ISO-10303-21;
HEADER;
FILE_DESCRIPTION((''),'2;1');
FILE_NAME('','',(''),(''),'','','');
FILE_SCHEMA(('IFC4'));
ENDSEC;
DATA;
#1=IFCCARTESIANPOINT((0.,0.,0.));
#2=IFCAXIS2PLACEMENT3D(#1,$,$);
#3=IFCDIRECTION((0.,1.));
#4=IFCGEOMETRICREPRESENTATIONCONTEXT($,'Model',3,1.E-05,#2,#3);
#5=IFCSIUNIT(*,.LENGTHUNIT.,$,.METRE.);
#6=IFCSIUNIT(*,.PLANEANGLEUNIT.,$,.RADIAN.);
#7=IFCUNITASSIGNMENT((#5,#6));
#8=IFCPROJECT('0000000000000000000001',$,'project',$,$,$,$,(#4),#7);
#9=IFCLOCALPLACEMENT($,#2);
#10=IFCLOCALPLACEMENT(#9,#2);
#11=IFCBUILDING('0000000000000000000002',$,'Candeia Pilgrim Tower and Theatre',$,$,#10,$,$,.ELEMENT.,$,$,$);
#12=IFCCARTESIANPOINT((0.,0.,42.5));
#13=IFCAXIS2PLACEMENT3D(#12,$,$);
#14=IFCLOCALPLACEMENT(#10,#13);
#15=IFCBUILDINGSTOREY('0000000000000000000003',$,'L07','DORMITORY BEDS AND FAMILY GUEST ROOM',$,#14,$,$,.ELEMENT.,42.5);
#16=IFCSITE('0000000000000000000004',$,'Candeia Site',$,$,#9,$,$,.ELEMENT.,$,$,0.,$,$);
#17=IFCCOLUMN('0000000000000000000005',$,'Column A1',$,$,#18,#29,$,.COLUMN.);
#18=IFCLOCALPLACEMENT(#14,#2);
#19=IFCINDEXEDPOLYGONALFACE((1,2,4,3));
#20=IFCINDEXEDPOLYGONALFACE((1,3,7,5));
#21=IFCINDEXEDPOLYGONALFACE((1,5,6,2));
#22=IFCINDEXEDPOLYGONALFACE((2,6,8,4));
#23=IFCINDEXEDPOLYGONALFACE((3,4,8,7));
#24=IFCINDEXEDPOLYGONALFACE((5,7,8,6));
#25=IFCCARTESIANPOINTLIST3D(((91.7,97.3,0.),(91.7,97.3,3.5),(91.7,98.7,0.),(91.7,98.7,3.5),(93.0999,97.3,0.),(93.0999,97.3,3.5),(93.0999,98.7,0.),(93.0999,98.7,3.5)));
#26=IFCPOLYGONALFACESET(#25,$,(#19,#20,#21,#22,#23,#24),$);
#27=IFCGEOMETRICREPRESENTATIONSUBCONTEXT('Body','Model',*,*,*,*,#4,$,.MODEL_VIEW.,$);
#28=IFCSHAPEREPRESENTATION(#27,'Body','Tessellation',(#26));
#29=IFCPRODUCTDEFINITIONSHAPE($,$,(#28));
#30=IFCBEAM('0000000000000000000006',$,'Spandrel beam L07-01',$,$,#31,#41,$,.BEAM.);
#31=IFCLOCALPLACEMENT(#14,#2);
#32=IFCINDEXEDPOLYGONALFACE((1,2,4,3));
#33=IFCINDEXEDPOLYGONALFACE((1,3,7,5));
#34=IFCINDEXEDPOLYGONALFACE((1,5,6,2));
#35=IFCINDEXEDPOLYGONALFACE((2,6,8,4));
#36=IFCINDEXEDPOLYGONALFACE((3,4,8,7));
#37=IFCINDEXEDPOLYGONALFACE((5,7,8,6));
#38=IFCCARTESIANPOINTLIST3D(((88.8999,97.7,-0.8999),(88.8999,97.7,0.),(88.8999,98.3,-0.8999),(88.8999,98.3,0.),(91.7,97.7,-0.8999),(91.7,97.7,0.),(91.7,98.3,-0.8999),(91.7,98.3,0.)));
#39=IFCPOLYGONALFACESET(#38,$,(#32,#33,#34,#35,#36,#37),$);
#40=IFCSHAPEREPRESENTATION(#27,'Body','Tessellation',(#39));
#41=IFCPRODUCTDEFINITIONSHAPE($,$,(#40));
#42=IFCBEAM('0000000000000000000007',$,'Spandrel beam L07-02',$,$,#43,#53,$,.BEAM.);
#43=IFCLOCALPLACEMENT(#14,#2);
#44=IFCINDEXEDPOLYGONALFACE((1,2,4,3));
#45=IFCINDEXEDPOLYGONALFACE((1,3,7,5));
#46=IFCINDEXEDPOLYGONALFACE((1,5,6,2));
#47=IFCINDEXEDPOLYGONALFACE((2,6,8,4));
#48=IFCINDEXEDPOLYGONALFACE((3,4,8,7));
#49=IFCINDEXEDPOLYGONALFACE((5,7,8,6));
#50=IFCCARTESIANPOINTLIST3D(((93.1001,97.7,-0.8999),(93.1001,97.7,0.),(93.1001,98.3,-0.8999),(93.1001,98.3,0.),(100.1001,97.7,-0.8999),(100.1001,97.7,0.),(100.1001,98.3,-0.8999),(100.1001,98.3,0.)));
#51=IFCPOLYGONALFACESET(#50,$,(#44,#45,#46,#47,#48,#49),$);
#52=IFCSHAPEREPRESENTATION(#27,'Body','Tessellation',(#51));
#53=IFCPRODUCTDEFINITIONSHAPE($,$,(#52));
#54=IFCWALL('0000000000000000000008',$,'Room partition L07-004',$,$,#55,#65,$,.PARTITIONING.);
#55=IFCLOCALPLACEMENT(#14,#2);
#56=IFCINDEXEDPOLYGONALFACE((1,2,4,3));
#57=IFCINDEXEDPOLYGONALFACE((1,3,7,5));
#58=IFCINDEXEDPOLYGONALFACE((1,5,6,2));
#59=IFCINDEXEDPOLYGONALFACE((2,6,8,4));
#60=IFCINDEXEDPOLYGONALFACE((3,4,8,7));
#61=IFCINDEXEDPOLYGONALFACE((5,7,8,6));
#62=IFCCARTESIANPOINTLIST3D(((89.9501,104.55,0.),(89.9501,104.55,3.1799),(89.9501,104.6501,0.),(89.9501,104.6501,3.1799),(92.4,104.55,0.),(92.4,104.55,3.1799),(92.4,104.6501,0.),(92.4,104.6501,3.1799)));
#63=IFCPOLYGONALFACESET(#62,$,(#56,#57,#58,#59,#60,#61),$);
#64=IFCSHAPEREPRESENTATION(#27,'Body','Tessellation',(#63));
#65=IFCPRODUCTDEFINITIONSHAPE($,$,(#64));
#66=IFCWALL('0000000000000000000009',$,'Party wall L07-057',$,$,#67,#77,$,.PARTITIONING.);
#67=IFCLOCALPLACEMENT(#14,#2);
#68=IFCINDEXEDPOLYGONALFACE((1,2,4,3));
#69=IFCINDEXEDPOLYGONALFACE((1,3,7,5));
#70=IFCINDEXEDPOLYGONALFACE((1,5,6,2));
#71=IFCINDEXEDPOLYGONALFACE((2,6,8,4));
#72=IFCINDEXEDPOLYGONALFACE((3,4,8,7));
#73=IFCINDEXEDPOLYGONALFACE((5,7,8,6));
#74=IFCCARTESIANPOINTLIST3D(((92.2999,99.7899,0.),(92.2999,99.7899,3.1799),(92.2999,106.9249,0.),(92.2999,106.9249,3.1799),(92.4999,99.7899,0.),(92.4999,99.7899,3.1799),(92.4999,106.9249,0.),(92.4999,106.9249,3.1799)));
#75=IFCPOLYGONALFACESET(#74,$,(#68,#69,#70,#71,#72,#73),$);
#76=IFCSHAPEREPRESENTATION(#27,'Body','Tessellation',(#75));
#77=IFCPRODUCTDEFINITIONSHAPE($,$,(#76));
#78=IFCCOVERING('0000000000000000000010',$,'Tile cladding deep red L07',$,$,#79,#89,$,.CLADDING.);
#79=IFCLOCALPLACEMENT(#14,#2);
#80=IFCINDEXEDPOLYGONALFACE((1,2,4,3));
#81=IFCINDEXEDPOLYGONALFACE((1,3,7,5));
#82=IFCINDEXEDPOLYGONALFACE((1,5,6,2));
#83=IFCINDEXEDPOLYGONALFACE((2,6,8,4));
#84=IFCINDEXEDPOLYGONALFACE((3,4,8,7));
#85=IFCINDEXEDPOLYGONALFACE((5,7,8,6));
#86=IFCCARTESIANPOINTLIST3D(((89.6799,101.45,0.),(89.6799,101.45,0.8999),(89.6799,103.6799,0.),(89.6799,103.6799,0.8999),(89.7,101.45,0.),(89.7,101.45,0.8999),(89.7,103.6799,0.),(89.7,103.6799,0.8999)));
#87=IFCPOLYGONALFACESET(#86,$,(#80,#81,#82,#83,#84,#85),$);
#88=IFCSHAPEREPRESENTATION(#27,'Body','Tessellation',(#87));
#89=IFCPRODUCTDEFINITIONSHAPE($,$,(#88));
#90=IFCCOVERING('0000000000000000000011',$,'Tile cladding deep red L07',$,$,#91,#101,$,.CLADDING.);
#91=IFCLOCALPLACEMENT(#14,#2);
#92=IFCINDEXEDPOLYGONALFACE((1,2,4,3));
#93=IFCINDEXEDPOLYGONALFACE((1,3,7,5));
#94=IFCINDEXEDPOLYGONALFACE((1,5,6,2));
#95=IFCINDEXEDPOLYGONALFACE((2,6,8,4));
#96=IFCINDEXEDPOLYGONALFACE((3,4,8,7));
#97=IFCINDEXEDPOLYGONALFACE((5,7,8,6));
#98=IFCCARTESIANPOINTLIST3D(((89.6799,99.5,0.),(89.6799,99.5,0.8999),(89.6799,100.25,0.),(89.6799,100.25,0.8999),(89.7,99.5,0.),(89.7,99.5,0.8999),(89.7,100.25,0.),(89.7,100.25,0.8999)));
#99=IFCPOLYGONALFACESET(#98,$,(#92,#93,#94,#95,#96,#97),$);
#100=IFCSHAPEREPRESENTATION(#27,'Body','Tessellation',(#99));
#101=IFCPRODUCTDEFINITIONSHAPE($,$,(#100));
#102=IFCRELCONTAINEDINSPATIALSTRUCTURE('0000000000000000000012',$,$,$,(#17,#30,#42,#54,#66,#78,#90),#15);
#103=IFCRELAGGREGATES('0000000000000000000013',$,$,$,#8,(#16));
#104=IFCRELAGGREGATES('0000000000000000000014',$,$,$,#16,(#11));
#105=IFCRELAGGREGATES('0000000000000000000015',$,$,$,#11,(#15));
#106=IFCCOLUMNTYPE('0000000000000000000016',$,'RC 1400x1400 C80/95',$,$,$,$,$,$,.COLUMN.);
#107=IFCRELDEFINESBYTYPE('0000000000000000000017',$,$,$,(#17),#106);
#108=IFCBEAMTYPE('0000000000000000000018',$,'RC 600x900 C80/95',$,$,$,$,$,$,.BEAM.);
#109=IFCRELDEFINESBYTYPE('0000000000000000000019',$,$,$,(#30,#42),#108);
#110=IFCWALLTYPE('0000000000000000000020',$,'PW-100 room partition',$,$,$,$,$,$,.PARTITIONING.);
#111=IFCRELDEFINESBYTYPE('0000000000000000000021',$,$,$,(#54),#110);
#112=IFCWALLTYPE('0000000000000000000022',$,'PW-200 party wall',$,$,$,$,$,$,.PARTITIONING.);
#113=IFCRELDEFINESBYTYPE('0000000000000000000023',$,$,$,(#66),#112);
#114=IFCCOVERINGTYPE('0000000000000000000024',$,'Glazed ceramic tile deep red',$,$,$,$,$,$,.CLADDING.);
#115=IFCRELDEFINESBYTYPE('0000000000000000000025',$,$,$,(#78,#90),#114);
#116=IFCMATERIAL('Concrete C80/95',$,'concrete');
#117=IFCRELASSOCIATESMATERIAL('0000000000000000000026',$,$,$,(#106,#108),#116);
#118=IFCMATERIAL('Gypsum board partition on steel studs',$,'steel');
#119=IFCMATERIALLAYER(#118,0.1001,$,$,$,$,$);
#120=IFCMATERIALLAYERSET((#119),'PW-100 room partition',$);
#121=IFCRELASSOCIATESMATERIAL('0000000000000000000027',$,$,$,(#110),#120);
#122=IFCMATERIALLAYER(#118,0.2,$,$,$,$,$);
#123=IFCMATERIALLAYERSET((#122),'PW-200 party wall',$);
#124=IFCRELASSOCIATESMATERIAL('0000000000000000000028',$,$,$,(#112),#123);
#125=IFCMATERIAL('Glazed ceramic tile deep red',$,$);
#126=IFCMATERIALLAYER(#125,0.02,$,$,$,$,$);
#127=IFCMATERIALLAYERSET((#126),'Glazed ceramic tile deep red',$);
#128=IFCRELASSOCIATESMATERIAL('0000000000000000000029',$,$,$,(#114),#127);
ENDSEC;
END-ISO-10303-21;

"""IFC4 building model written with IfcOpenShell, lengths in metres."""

from ifc_helpers import new_model, si_unit, direction, frame, frame_2d, origin, origin_2d, place, context, subcontext, project, spatial, rectangle, extrude, material, layer, layer_set, material_profile, profile_set, type_object, element, save


model = new_model("IFC4")

# Units and contexts
model_context = context("Model", 3, precision=1e-05, world=origin(), true_north=direction((0.0, 1.0)))
body_context = subcontext(model_context, "Body", "Model", "MODEL_VIEW")
ifc_project = project(units=[si_unit("LENGTHUNIT", "METRE"), si_unit("PLANEANGLEUNIT", "RADIAN")], contexts=[model_context])

# Site, building, storey
site_placement = place(None, origin())
site = spatial("IfcSite", under=ifc_project, at=site_placement, Name="Candeia Site", CompositionType="ELEMENT", RefElevation=0.0)
building_placement = place(site_placement, origin())
building = spatial("IfcBuilding", under=site, at=building_placement, Name="Candeia Pilgrim Tower and Theatre", CompositionType="ELEMENT")
storey_placement = place(building_placement, frame((0.0, 0.0, 42.5)))
storey = spatial("IfcBuildingStorey", under=building, at=storey_placement, Name="L07", Description="DORMITORY BEDS AND FAMILY GUEST ROOM", CompositionType="ELEMENT", Elevation=42.5)

# Column
ifc_material_1 = material(Name="Concrete C80/95", Category="concrete")
ifc_material_profile_1 = material_profile(ifc_material_1, rectangle(XDim=1.3999, YDim=1.3999, at=origin_2d()))
ifc_profile_set_1 = profile_set([ifc_material_profile_1], Name="Concrete C80/95")
column_type = type_object("IfcColumnType", Name="RC 1400x1400 C80/95", PredefinedType="COLUMN", material=ifc_profile_set_1)
column_placement = place(storey_placement, frame((92.3999, 98.0, 0.0), z_axis=(0.0, 0.0, 1.0), x_axis=(1.0, 0.0, 0.0)))
element("IfcColumn", 1, at=column_placement, inside=storey, type_object=column_type, Name="Column A1", PredefinedType="COLUMN", context=body_context, shape_type="SweptSolid", body=[
    extrude(rectangle(XDim=1.3999, YDim=1.3999, at=origin_2d()), origin(), (0.0, 0.0, 1.0), 3.5),
])

# Beams
ifc_material_profile_2 = material_profile(ifc_material_1, rectangle(XDim=0.6001, YDim=0.8999, at=origin_2d()))
ifc_profile_set_2 = profile_set([ifc_material_profile_2], Name="Concrete C80/95")
beam_type = type_object("IfcBeamType", Name="RC 600x900 C80/95", PredefinedType="BEAM", material=ifc_profile_set_2)
beam_1_placement = place(storey_placement, frame((88.8999, 98.0, -0.45), z_axis=(1.0, 0.0, 0.0), x_axis=(0.0, 1.0, 0.0)))
element("IfcBeam", 2, at=beam_1_placement, inside=storey, type_object=beam_type, Name="Spandrel beam L07-01", PredefinedType="BEAM", context=body_context, shape_type="SweptSolid", body=[
    extrude(rectangle(XDim=0.6001, YDim=0.8999, at=origin_2d()), origin(), (0.0, 0.0, 1.0), 2.8),
])
beam_2_placement = place(storey_placement, frame((93.1001, 98.0, -0.45), z_axis=(1.0, 0.0, 0.0), x_axis=(0.0, 1.0, 0.0)))
element("IfcBeam", 3, at=beam_2_placement, inside=storey, type_object=beam_type, Name="Spandrel beam L07-02", PredefinedType="BEAM", context=body_context, shape_type="SweptSolid", body=[
    extrude(rectangle(XDim=0.6001, YDim=0.8999, at=origin_2d()), origin(), (0.0, 0.0, 1.0), 7.0),
])

# Walls
ifc_material_2 = material(Name="Gypsum board partition on steel studs", Category="steel")
ifc_layer_1 = layer(ifc_material_2, 0.1001)
ifc_layer_set_1 = layer_set([ifc_layer_1], Name="PW-100 room partition")
wall_type_1 = type_object("IfcWallType", Name="PW-100 room partition", PredefinedType="PARTITIONING", material=ifc_layer_set_1)
wall_1_placement = place(storey_placement, frame((89.95, 104.6001, 0.0), z_axis=(0.0, 0.0, 1.0), x_axis=(1.0, 0.0, 0.0)))
element("IfcWall", 4, at=wall_1_placement, inside=storey, type_object=wall_type_1, Name="Room partition L07-004", PredefinedType="PARTITIONING", context=body_context, shape_type="SweptSolid", body=[
    extrude(rectangle(XDim=2.45, YDim=0.1001, at=frame_2d((1.2251, 0.0))), origin(), (0.0, 0.0, 1.0), 3.1799),
])
ifc_layer_2 = layer(ifc_material_2, 0.2)
ifc_layer_set_2 = layer_set([ifc_layer_2], Name="PW-200 party wall")
wall_type_2 = type_object("IfcWallType", Name="PW-200 party wall", PredefinedType="PARTITIONING", material=ifc_layer_set_2)
wall_2_placement = place(storey_placement, frame((92.3999, 99.79, 0.0), z_axis=(0.0, 0.0, 1.0), x_axis=(0.0, 1.0, 0.0)))
element("IfcWall", 5, at=wall_2_placement, inside=storey, type_object=wall_type_2, Name="Party wall L07-057", PredefinedType="PARTITIONING", context=body_context, shape_type="SweptSolid", body=[
    extrude(rectangle(XDim=7.135, YDim=0.2, at=frame_2d((3.5674, 0.0))), origin(), (0.0, 0.0, 1.0), 3.1799),
])

# Coverings
ifc_material_3 = material(Name="Glazed ceramic tile deep red")
ifc_layer_3 = layer(ifc_material_3, 0.02)
ifc_layer_set_3 = layer_set([ifc_layer_3], Name="Glazed ceramic tile deep red")
covering_type = type_object("IfcCoveringType", Name="Glazed ceramic tile deep red", PredefinedType="CLADDING", material=ifc_layer_set_3)
covering_1_placement = place(storey_placement, frame((89.6899, 102.5649, 0.0), z_axis=(0.0, 0.0, 1.0), x_axis=(0.0, -1.0, 0.0)))
element("IfcCovering", 6, at=covering_1_placement, inside=storey, type_object=covering_type, Name="Tile cladding deep red L07", PredefinedType="CLADDING", context=body_context, shape_type="SweptSolid", body=[
    extrude(rectangle(XDim=2.23, YDim=0.02, at=origin_2d()), origin(), (0.0, 0.0, 1.0), 0.8999),
])
covering_2_placement = place(storey_placement, frame((89.6899, 99.875, 0.0), z_axis=(0.0, 0.0, 1.0), x_axis=(0.0, -1.0, 0.0)))
element("IfcCovering", 7, at=covering_2_placement, inside=storey, type_object=covering_type, Name="Tile cladding deep red L07", PredefinedType="CLADDING", context=body_context, shape_type="SweptSolid", body=[
    extrude(rectangle(XDim=0.75, YDim=0.02, at=origin_2d()), origin(), (0.0, 0.0, 1.0), 0.8999),
])

save(model, "model.ifc")
